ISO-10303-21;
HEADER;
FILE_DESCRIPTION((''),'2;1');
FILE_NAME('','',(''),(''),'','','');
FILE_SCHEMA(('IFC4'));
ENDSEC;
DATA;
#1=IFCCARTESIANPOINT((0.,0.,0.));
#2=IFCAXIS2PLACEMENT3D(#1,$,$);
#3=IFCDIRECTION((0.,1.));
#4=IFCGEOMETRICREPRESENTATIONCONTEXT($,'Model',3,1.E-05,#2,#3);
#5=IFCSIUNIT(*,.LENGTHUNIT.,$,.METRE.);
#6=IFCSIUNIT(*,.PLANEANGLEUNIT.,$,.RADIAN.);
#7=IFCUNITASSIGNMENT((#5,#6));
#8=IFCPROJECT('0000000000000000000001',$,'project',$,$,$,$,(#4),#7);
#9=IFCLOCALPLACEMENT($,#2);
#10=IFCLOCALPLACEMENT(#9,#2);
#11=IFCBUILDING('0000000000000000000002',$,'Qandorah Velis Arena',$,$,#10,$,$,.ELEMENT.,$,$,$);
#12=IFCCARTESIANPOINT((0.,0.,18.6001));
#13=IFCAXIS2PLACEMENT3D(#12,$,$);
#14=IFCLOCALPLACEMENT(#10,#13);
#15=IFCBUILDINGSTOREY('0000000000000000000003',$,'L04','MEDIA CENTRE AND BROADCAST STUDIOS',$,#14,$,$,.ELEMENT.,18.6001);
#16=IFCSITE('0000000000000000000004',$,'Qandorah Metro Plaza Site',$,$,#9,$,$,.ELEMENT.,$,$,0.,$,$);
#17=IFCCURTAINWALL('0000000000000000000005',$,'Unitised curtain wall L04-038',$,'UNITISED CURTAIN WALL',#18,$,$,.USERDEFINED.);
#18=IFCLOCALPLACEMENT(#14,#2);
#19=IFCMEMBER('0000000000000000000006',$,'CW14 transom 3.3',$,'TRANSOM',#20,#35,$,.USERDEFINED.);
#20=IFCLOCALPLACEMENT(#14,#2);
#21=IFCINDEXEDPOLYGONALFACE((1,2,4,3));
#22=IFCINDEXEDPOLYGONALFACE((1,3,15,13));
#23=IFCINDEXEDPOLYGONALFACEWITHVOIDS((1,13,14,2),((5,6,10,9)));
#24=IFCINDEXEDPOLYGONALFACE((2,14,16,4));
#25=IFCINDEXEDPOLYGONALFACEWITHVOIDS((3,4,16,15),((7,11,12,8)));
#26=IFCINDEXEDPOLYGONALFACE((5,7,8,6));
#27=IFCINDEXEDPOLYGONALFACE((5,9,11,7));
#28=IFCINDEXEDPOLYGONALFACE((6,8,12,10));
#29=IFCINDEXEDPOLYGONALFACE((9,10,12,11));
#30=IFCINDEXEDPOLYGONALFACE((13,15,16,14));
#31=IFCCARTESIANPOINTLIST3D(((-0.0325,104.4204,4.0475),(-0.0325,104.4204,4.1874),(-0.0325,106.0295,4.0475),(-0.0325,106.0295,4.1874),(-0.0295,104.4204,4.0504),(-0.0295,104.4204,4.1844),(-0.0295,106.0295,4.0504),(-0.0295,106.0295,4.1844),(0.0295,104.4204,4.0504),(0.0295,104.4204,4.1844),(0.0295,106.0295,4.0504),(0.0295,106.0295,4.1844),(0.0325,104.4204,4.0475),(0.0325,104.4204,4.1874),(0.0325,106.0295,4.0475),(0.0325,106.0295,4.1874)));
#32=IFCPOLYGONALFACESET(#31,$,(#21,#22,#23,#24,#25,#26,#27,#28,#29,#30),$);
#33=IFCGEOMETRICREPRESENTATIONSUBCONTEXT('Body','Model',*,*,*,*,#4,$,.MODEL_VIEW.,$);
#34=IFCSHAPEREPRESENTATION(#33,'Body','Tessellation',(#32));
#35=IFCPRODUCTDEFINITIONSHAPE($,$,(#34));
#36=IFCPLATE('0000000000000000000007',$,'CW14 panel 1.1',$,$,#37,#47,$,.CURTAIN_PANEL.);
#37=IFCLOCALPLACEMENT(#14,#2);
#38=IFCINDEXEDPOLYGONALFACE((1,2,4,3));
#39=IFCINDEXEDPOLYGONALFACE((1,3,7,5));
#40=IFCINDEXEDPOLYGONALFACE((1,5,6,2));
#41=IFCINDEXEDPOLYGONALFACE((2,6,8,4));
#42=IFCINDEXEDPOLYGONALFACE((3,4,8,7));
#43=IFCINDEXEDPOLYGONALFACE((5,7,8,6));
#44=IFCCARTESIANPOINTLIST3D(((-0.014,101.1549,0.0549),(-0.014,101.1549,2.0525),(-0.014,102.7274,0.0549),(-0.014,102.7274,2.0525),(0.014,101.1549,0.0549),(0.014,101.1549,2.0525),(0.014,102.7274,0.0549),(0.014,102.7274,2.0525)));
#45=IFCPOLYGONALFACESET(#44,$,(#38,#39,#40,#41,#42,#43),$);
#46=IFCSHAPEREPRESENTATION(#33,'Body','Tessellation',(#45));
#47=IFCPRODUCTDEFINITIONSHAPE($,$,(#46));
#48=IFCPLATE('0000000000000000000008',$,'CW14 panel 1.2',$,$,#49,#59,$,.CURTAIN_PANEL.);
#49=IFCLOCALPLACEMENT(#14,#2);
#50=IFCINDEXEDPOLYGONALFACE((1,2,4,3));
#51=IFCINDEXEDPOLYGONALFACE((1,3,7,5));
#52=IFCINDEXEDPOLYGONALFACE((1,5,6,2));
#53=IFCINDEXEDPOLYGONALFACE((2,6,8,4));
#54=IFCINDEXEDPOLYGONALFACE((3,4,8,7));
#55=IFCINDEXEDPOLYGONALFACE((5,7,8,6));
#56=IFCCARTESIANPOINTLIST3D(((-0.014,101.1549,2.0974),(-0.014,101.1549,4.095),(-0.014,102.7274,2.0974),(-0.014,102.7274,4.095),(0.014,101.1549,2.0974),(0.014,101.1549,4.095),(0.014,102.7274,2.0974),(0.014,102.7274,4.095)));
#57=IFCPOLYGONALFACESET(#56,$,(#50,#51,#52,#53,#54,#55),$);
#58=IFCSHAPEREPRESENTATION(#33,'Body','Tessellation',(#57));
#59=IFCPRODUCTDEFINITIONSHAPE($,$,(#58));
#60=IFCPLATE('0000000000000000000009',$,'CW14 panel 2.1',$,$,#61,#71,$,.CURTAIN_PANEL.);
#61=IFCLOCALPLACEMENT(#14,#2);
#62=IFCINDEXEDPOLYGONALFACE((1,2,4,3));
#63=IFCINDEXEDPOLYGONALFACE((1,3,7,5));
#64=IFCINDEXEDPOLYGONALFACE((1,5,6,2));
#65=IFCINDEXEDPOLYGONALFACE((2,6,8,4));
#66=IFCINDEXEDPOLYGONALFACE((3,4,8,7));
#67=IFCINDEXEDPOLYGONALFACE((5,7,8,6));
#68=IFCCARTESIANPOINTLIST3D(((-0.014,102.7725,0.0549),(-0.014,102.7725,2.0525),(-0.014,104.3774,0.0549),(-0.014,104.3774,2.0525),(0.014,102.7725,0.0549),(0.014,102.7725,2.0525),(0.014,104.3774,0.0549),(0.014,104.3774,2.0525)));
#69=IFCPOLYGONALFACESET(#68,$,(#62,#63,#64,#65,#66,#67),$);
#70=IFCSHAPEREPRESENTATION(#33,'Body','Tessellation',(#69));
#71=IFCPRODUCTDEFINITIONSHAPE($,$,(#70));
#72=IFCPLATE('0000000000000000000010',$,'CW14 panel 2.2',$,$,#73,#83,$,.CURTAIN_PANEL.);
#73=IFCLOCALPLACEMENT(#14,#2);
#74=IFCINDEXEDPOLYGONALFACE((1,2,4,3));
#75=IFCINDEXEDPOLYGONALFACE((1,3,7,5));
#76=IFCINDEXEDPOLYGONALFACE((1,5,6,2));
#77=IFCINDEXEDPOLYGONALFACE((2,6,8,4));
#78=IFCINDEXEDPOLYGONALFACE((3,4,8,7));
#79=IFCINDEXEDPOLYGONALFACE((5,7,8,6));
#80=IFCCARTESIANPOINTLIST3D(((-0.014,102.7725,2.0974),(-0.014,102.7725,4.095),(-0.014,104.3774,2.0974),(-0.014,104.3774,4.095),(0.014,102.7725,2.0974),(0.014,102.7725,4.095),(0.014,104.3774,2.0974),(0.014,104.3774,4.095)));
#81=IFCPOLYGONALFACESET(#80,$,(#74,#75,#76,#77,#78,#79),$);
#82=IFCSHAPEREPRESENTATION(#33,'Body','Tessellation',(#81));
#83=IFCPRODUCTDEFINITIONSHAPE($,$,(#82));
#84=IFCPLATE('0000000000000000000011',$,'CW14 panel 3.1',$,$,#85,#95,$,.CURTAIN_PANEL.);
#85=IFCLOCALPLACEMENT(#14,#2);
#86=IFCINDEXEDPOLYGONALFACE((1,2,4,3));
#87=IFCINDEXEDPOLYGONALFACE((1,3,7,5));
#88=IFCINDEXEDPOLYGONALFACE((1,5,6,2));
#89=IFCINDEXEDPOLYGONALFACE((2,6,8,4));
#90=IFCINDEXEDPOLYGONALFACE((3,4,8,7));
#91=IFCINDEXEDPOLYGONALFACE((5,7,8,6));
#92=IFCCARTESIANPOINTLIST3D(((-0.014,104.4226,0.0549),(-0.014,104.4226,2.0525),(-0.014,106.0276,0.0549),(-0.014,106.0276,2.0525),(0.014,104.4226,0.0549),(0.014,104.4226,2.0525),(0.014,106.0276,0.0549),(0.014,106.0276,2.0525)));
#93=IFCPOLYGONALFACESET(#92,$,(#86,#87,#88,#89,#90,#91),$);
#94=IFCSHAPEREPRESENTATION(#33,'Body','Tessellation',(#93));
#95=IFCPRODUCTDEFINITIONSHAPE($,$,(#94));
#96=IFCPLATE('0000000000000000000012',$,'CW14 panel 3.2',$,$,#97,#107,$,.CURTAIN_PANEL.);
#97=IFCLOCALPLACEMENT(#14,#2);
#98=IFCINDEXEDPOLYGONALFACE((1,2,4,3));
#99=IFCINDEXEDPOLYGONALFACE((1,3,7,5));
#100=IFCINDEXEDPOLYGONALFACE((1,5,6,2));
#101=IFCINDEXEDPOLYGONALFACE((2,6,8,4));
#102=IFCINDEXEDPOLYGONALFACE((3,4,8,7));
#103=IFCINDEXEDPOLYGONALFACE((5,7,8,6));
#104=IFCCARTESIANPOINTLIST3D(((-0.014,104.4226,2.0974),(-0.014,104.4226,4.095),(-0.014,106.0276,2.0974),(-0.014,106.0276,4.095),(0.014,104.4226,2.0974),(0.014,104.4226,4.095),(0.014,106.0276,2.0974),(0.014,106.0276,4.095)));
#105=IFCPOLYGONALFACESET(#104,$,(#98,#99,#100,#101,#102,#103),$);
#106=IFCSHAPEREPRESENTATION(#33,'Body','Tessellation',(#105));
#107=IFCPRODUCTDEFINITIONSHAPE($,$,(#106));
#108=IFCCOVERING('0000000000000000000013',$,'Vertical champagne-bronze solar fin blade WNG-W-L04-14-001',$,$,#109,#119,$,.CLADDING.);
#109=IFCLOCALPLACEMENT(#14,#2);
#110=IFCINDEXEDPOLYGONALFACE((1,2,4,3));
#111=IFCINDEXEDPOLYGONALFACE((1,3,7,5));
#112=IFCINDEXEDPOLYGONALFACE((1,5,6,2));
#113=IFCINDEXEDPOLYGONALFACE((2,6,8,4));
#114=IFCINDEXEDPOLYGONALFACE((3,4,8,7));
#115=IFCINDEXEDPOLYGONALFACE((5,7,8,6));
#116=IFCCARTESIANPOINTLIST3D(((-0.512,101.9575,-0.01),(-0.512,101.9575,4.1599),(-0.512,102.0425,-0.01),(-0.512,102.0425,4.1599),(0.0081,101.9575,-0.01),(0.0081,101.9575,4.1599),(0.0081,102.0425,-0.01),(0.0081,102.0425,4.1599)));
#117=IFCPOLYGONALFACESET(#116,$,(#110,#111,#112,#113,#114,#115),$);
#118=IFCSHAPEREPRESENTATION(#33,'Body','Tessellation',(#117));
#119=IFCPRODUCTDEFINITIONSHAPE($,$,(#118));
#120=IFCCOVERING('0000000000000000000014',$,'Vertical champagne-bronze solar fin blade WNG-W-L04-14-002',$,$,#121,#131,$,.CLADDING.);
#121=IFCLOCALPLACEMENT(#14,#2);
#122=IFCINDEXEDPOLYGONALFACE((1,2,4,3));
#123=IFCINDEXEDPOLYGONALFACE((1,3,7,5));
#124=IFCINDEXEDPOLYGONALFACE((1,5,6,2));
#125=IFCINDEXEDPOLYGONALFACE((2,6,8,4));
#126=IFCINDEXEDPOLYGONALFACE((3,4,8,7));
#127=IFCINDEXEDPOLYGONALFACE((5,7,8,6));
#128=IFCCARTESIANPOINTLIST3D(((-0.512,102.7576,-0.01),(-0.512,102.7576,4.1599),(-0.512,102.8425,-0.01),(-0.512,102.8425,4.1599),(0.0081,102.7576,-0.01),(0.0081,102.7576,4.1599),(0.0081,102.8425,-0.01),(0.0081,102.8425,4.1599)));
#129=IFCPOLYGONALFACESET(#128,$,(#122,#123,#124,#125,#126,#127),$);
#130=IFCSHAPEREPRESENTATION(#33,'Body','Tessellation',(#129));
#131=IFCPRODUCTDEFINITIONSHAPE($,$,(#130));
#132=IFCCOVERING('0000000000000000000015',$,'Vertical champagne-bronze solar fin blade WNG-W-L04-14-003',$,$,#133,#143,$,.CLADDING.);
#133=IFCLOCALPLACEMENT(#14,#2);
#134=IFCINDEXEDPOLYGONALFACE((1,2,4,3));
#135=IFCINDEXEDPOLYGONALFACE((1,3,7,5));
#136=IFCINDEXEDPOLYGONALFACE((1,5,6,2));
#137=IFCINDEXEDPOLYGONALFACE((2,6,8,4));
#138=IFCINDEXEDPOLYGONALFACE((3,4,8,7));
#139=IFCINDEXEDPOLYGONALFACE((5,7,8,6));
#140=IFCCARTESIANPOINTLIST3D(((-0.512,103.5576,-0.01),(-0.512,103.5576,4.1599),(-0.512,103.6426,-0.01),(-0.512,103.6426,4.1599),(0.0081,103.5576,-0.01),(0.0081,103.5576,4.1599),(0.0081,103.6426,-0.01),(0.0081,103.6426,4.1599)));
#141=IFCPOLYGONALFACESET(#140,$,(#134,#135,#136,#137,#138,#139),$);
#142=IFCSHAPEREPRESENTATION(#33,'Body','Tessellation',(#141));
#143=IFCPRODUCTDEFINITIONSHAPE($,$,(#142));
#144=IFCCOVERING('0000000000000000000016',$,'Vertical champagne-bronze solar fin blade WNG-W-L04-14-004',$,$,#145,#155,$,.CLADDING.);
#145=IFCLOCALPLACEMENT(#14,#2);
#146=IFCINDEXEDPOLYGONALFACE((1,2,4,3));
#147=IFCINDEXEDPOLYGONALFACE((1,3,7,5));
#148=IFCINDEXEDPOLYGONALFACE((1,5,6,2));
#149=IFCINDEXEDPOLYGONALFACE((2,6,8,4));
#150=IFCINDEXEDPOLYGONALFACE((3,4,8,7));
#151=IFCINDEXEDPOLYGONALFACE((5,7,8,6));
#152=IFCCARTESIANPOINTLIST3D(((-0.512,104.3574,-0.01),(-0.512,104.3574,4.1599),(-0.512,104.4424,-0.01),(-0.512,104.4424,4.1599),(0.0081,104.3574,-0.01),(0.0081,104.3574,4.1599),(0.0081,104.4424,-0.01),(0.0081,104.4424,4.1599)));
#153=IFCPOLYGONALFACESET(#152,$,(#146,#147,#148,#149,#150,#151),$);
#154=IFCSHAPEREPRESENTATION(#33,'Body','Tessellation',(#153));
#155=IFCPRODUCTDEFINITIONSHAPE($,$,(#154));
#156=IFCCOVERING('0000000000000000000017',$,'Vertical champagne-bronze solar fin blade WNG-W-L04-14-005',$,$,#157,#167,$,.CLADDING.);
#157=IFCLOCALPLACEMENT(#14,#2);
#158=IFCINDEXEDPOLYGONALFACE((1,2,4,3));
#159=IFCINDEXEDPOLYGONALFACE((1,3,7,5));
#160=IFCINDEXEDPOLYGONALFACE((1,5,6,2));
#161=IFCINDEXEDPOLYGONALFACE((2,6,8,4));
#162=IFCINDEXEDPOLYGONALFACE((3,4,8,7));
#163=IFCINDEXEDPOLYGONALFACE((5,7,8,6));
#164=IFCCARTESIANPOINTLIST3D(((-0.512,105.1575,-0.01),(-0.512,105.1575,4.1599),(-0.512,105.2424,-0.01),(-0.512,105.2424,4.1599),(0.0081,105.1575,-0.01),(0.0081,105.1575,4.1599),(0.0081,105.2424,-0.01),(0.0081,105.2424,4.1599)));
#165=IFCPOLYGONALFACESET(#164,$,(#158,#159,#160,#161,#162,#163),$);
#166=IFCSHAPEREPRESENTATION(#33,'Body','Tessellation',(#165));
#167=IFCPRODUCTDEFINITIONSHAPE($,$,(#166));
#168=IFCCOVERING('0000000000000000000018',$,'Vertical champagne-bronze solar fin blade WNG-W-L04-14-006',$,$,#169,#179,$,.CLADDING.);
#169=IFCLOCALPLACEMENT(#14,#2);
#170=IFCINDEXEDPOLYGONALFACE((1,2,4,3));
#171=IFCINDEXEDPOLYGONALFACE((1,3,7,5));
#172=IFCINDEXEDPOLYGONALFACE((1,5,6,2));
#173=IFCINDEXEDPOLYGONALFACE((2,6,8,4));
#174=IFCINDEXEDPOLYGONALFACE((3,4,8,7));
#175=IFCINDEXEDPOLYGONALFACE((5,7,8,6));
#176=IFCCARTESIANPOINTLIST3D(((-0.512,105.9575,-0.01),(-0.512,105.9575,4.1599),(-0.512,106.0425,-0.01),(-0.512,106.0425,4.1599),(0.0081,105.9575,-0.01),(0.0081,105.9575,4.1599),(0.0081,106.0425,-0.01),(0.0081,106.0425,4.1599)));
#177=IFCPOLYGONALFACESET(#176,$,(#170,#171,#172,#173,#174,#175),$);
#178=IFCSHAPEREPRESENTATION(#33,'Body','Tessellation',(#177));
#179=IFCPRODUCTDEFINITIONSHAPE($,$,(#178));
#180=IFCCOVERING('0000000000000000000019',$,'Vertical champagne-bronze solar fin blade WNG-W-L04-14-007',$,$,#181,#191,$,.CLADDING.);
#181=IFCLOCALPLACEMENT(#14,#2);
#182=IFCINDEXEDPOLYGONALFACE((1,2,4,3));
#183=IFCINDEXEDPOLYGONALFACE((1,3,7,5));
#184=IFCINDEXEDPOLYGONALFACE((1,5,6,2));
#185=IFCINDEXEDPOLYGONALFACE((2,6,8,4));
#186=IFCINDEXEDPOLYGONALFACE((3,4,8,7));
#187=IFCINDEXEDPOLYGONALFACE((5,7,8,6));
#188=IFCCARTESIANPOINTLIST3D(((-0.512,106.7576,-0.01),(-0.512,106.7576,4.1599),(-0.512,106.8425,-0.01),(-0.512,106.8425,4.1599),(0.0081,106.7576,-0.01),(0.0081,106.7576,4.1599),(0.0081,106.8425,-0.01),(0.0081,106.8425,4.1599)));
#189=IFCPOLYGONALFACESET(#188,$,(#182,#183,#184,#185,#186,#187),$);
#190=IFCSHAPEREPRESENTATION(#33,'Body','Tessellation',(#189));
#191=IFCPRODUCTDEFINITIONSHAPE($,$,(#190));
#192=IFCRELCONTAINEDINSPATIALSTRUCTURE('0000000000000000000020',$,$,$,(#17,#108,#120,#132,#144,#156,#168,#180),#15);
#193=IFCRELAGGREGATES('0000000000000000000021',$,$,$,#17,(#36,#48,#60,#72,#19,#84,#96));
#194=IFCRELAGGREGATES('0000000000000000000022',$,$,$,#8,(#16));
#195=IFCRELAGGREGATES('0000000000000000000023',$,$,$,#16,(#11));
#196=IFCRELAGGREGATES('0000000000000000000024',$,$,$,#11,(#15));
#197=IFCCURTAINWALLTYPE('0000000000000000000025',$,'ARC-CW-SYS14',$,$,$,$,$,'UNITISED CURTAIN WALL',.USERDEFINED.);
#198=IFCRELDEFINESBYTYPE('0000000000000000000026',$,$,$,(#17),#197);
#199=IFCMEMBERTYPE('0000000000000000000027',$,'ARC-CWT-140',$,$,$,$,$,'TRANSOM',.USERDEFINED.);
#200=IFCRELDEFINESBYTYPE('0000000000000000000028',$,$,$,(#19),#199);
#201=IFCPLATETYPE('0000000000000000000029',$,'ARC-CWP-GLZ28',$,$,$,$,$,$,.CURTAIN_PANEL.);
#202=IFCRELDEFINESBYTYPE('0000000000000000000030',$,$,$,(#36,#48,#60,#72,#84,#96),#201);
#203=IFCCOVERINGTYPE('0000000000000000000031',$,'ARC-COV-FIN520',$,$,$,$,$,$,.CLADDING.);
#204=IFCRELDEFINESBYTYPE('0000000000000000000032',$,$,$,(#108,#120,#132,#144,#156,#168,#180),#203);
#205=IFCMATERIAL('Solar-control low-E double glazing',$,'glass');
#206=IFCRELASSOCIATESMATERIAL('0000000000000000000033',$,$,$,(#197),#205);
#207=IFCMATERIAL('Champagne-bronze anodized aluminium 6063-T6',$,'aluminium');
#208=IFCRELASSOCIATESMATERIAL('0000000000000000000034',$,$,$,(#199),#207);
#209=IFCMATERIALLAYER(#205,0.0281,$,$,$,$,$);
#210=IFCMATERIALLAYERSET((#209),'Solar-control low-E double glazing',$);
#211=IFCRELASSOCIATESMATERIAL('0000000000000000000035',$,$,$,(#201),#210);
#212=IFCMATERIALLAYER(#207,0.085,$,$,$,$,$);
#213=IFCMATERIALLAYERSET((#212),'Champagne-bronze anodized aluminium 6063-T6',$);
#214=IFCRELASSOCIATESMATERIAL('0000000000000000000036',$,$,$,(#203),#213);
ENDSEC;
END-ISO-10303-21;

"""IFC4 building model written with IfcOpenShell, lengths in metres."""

from ifc_helpers import new_model, si_unit, direction, frame, origin, origin_2d, place, context, subcontext, project, spatial, rectangle, hollow_rectangle, extrude, material, layer, layer_set, material_profile, profile_set, type_object, element, aggregate, save


model = new_model("IFC4")

# Units and contexts
model_context = context("Model", 3, precision=1e-05, world=origin(), true_north=direction((0.0, 1.0)))
body_context = subcontext(model_context, "Body", "Model", "MODEL_VIEW")
ifc_project = project(units=[si_unit("LENGTHUNIT", "METRE"), si_unit("PLANEANGLEUNIT", "RADIAN")], contexts=[model_context])

# Site, building, storey
site_placement = place(None, origin())
site = spatial("IfcSite", under=ifc_project, at=site_placement, Name="Qandorah Metro Plaza Site", CompositionType="ELEMENT", RefElevation=0.0)
building_placement = place(site_placement, origin())
building = spatial("IfcBuilding", under=site, at=building_placement, Name="Qandorah Velis Arena", CompositionType="ELEMENT")
storey_placement = place(building_placement, frame((0.0, 0.0, 18.6001)))
storey = spatial("IfcBuildingStorey", under=building, at=storey_placement, Name="L04", Description="MEDIA CENTRE AND BROADCAST STUDIOS", CompositionType="ELEMENT", Elevation=18.6001)

# Curtain wall, member, plates
ifc_material_1 = material(Name="Solar-control low-E double glazing", Category="glass")
curtain_wall_type = type_object("IfcCurtainWallType", Name="ARC-CW-SYS14", ElementType="UNITISED CURTAIN WALL", PredefinedType="USERDEFINED", material=ifc_material_1)
curtain_wall_placement = place(storey_placement, origin())
curtain_wall = element("IfcCurtainWall", 1, at=curtain_wall_placement, inside=storey, type_object=curtain_wall_type, Name="Unitised curtain wall L04-038", ObjectType="UNITISED CURTAIN WALL", PredefinedType="USERDEFINED")
ifc_material_2 = material(Name="Champagne-bronze anodized aluminium 6063-T6", Category="aluminium")
ifc_material_profile_1 = material_profile(ifc_material_2, hollow_rectangle(XDim=0.0649, YDim=0.1399, WallThickness=0.0029, at=origin_2d()), Name="ALU TRANSOM 65x140")
ifc_profile_set_1 = profile_set([ifc_material_profile_1], Name="Champagne-bronze anodized aluminium 6063-T6")
member_type_1 = type_object("IfcMemberType", Name="ARC-CWT-140", ElementType="TRANSOM", PredefinedType="USERDEFINED", material=ifc_profile_set_1)
member_1_placement = place(storey_placement, frame((0.0, 104.4204, 4.1174), z_axis=(0.0, 1.0, 0.0), x_axis=(-1.0, 0.0, 0.0)))
member_1 = element("IfcMember", 2, at=member_1_placement, type_object=member_type_1, Name="CW14 transom 3.3", ObjectType="TRANSOM", PredefinedType="USERDEFINED", context=body_context, shape_type="SweptSolid", body=[
    extrude(hollow_rectangle(XDim=0.0649, YDim=0.1399, WallThickness=0.0029, at=origin_2d()), origin(), (0.0, 0.0, 1.0), 1.6091),
])
ifc_layer_1 = layer(ifc_material_1, 0.0281)
ifc_layer_set_1 = layer_set([ifc_layer_1], Name="Solar-control low-E double glazing")
plate_type = type_object("IfcPlateType", Name="ARC-CWP-GLZ28", PredefinedType="CURTAIN_PANEL", material=ifc_layer_set_1)
plate_1_placement = place(storey_placement, frame((0.0, 101.9412, 0.0549), z_axis=(0.0, 0.0, 1.0), x_axis=(0.0, 1.0, 0.0)))
plate_1 = element("IfcPlate", 3, at=plate_1_placement, type_object=plate_type, Name="CW14 panel 1.1", PredefinedType="CURTAIN_PANEL", context=body_context, shape_type="SweptSolid", body=[
    extrude(rectangle(XDim=1.5725, YDim=0.0281, at=origin_2d()), origin(), (0.0, 0.0, 1.0), 1.9976),
])
plate_2_placement = place(storey_placement, frame((0.0, 101.9412, 2.0974), z_axis=(0.0, 0.0, 1.0), x_axis=(0.0, 1.0, 0.0)))
plate_2 = element("IfcPlate", 4, at=plate_2_placement, type_object=plate_type, Name="CW14 panel 1.2", PredefinedType="CURTAIN_PANEL", context=body_context, shape_type="SweptSolid", body=[
    extrude(rectangle(XDim=1.5725, YDim=0.0281, at=origin_2d()), origin(), (0.0, 0.0, 1.0), 1.9976),
])
plate_3_placement = place(storey_placement, frame((0.0, 103.575, 0.0549), z_axis=(0.0, 0.0, 1.0), x_axis=(0.0, 1.0, 0.0)))
plate_3 = element("IfcPlate", 5, at=plate_3_placement, type_object=plate_type, Name="CW14 panel 2.1", PredefinedType="CURTAIN_PANEL", context=body_context, shape_type="SweptSolid", body=[
    extrude(rectangle(XDim=1.605, YDim=0.0281, at=origin_2d()), origin(), (0.0, 0.0, 1.0), 1.9976),
])
plate_4_placement = place(storey_placement, frame((0.0, 103.575, 2.0974), z_axis=(0.0, 0.0, 1.0), x_axis=(0.0, 1.0, 0.0)))
plate_4 = element("IfcPlate", 6, at=plate_4_placement, type_object=plate_type, Name="CW14 panel 2.2", PredefinedType="CURTAIN_PANEL", context=body_context, shape_type="SweptSolid", body=[
    extrude(rectangle(XDim=1.605, YDim=0.0281, at=origin_2d()), origin(), (0.0, 0.0, 1.0), 1.9976),
])
plate_5_placement = place(storey_placement, frame((0.0, 105.2251, 0.0549), z_axis=(0.0, 0.0, 1.0), x_axis=(0.0, 1.0, 0.0)))
plate_5 = element("IfcPlate", 7, at=plate_5_placement, type_object=plate_type, Name="CW14 panel 3.1", PredefinedType="CURTAIN_PANEL", context=body_context, shape_type="SweptSolid", body=[
    extrude(rectangle(XDim=1.605, YDim=0.0281, at=origin_2d()), origin(), (0.0, 0.0, 1.0), 1.9976),
])
plate_6_placement = place(storey_placement, frame((0.0, 105.2251, 2.0974), z_axis=(0.0, 0.0, 1.0), x_axis=(0.0, 1.0, 0.0)))
plate_6 = element("IfcPlate", 8, at=plate_6_placement, type_object=plate_type, Name="CW14 panel 3.2", PredefinedType="CURTAIN_PANEL", context=body_context, shape_type="SweptSolid", body=[
    extrude(rectangle(XDim=1.605, YDim=0.0281, at=origin_2d()), origin(), (0.0, 0.0, 1.0), 1.9976),
])
aggregate(curtain_wall, [plate_1, plate_2, plate_3, plate_4, member_1, plate_5, plate_6])

# Coverings
ifc_layer_2 = layer(ifc_material_2, 0.085)
ifc_layer_set_2 = layer_set([ifc_layer_2], Name="Champagne-bronze anodized aluminium 6063-T6")
covering_type = type_object("IfcCoveringType", Name="ARC-COV-FIN520", PredefinedType="CLADDING", material=ifc_layer_set_2)
for number, where, z_axis, x_axis, name in (
    (9, (-0.252, 102.0, -0.01), (0.0, 0.0, 1.0), (1.0, 0.0, 0.0), "Vertical champagne-bronze solar fin blade WNG-W-L04-14-001"),
    (10, (-0.252, 102.8, -0.01), (0.0, 0.0, 1.0), (1.0, 0.0, 0.0), "Vertical champagne-bronze solar fin blade WNG-W-L04-14-002"),
    (11, (-0.252, 103.6001, -0.01), (0.0, 0.0, 1.0), (1.0, 0.0, 0.0), "Vertical champagne-bronze solar fin blade WNG-W-L04-14-003"),
    (12, (-0.252, 104.3999, -0.01), (0.0, 0.0, 1.0), (1.0, 0.0, 0.0), "Vertical champagne-bronze solar fin blade WNG-W-L04-14-004"),
    (13, (-0.252, 105.2, -0.01), (0.0, 0.0, 1.0), (1.0, 0.0, 0.0), "Vertical champagne-bronze solar fin blade WNG-W-L04-14-005"),
    (14, (-0.252, 106.0, -0.01), (0.0, 0.0, 1.0), (1.0, 0.0, 0.0), "Vertical champagne-bronze solar fin blade WNG-W-L04-14-006"),
    (15, (-0.252, 106.8, -0.01), (0.0, 0.0, 1.0), (1.0, 0.0, 0.0), "Vertical champagne-bronze solar fin blade WNG-W-L04-14-007"),
):
    element("IfcCovering", number, at=place(storey_placement, frame(where, z_axis=z_axis, x_axis=x_axis)), inside=storey, type_object=covering_type, Name=name, PredefinedType="CLADDING", context=body_context, shape_type="SweptSolid", body=[
        extrude(rectangle(XDim=0.52, YDim=0.085, at=origin_2d()), origin(), (0.0, 0.0, 1.0), 4.1699),
    ])

save(model, "model.ifc")
